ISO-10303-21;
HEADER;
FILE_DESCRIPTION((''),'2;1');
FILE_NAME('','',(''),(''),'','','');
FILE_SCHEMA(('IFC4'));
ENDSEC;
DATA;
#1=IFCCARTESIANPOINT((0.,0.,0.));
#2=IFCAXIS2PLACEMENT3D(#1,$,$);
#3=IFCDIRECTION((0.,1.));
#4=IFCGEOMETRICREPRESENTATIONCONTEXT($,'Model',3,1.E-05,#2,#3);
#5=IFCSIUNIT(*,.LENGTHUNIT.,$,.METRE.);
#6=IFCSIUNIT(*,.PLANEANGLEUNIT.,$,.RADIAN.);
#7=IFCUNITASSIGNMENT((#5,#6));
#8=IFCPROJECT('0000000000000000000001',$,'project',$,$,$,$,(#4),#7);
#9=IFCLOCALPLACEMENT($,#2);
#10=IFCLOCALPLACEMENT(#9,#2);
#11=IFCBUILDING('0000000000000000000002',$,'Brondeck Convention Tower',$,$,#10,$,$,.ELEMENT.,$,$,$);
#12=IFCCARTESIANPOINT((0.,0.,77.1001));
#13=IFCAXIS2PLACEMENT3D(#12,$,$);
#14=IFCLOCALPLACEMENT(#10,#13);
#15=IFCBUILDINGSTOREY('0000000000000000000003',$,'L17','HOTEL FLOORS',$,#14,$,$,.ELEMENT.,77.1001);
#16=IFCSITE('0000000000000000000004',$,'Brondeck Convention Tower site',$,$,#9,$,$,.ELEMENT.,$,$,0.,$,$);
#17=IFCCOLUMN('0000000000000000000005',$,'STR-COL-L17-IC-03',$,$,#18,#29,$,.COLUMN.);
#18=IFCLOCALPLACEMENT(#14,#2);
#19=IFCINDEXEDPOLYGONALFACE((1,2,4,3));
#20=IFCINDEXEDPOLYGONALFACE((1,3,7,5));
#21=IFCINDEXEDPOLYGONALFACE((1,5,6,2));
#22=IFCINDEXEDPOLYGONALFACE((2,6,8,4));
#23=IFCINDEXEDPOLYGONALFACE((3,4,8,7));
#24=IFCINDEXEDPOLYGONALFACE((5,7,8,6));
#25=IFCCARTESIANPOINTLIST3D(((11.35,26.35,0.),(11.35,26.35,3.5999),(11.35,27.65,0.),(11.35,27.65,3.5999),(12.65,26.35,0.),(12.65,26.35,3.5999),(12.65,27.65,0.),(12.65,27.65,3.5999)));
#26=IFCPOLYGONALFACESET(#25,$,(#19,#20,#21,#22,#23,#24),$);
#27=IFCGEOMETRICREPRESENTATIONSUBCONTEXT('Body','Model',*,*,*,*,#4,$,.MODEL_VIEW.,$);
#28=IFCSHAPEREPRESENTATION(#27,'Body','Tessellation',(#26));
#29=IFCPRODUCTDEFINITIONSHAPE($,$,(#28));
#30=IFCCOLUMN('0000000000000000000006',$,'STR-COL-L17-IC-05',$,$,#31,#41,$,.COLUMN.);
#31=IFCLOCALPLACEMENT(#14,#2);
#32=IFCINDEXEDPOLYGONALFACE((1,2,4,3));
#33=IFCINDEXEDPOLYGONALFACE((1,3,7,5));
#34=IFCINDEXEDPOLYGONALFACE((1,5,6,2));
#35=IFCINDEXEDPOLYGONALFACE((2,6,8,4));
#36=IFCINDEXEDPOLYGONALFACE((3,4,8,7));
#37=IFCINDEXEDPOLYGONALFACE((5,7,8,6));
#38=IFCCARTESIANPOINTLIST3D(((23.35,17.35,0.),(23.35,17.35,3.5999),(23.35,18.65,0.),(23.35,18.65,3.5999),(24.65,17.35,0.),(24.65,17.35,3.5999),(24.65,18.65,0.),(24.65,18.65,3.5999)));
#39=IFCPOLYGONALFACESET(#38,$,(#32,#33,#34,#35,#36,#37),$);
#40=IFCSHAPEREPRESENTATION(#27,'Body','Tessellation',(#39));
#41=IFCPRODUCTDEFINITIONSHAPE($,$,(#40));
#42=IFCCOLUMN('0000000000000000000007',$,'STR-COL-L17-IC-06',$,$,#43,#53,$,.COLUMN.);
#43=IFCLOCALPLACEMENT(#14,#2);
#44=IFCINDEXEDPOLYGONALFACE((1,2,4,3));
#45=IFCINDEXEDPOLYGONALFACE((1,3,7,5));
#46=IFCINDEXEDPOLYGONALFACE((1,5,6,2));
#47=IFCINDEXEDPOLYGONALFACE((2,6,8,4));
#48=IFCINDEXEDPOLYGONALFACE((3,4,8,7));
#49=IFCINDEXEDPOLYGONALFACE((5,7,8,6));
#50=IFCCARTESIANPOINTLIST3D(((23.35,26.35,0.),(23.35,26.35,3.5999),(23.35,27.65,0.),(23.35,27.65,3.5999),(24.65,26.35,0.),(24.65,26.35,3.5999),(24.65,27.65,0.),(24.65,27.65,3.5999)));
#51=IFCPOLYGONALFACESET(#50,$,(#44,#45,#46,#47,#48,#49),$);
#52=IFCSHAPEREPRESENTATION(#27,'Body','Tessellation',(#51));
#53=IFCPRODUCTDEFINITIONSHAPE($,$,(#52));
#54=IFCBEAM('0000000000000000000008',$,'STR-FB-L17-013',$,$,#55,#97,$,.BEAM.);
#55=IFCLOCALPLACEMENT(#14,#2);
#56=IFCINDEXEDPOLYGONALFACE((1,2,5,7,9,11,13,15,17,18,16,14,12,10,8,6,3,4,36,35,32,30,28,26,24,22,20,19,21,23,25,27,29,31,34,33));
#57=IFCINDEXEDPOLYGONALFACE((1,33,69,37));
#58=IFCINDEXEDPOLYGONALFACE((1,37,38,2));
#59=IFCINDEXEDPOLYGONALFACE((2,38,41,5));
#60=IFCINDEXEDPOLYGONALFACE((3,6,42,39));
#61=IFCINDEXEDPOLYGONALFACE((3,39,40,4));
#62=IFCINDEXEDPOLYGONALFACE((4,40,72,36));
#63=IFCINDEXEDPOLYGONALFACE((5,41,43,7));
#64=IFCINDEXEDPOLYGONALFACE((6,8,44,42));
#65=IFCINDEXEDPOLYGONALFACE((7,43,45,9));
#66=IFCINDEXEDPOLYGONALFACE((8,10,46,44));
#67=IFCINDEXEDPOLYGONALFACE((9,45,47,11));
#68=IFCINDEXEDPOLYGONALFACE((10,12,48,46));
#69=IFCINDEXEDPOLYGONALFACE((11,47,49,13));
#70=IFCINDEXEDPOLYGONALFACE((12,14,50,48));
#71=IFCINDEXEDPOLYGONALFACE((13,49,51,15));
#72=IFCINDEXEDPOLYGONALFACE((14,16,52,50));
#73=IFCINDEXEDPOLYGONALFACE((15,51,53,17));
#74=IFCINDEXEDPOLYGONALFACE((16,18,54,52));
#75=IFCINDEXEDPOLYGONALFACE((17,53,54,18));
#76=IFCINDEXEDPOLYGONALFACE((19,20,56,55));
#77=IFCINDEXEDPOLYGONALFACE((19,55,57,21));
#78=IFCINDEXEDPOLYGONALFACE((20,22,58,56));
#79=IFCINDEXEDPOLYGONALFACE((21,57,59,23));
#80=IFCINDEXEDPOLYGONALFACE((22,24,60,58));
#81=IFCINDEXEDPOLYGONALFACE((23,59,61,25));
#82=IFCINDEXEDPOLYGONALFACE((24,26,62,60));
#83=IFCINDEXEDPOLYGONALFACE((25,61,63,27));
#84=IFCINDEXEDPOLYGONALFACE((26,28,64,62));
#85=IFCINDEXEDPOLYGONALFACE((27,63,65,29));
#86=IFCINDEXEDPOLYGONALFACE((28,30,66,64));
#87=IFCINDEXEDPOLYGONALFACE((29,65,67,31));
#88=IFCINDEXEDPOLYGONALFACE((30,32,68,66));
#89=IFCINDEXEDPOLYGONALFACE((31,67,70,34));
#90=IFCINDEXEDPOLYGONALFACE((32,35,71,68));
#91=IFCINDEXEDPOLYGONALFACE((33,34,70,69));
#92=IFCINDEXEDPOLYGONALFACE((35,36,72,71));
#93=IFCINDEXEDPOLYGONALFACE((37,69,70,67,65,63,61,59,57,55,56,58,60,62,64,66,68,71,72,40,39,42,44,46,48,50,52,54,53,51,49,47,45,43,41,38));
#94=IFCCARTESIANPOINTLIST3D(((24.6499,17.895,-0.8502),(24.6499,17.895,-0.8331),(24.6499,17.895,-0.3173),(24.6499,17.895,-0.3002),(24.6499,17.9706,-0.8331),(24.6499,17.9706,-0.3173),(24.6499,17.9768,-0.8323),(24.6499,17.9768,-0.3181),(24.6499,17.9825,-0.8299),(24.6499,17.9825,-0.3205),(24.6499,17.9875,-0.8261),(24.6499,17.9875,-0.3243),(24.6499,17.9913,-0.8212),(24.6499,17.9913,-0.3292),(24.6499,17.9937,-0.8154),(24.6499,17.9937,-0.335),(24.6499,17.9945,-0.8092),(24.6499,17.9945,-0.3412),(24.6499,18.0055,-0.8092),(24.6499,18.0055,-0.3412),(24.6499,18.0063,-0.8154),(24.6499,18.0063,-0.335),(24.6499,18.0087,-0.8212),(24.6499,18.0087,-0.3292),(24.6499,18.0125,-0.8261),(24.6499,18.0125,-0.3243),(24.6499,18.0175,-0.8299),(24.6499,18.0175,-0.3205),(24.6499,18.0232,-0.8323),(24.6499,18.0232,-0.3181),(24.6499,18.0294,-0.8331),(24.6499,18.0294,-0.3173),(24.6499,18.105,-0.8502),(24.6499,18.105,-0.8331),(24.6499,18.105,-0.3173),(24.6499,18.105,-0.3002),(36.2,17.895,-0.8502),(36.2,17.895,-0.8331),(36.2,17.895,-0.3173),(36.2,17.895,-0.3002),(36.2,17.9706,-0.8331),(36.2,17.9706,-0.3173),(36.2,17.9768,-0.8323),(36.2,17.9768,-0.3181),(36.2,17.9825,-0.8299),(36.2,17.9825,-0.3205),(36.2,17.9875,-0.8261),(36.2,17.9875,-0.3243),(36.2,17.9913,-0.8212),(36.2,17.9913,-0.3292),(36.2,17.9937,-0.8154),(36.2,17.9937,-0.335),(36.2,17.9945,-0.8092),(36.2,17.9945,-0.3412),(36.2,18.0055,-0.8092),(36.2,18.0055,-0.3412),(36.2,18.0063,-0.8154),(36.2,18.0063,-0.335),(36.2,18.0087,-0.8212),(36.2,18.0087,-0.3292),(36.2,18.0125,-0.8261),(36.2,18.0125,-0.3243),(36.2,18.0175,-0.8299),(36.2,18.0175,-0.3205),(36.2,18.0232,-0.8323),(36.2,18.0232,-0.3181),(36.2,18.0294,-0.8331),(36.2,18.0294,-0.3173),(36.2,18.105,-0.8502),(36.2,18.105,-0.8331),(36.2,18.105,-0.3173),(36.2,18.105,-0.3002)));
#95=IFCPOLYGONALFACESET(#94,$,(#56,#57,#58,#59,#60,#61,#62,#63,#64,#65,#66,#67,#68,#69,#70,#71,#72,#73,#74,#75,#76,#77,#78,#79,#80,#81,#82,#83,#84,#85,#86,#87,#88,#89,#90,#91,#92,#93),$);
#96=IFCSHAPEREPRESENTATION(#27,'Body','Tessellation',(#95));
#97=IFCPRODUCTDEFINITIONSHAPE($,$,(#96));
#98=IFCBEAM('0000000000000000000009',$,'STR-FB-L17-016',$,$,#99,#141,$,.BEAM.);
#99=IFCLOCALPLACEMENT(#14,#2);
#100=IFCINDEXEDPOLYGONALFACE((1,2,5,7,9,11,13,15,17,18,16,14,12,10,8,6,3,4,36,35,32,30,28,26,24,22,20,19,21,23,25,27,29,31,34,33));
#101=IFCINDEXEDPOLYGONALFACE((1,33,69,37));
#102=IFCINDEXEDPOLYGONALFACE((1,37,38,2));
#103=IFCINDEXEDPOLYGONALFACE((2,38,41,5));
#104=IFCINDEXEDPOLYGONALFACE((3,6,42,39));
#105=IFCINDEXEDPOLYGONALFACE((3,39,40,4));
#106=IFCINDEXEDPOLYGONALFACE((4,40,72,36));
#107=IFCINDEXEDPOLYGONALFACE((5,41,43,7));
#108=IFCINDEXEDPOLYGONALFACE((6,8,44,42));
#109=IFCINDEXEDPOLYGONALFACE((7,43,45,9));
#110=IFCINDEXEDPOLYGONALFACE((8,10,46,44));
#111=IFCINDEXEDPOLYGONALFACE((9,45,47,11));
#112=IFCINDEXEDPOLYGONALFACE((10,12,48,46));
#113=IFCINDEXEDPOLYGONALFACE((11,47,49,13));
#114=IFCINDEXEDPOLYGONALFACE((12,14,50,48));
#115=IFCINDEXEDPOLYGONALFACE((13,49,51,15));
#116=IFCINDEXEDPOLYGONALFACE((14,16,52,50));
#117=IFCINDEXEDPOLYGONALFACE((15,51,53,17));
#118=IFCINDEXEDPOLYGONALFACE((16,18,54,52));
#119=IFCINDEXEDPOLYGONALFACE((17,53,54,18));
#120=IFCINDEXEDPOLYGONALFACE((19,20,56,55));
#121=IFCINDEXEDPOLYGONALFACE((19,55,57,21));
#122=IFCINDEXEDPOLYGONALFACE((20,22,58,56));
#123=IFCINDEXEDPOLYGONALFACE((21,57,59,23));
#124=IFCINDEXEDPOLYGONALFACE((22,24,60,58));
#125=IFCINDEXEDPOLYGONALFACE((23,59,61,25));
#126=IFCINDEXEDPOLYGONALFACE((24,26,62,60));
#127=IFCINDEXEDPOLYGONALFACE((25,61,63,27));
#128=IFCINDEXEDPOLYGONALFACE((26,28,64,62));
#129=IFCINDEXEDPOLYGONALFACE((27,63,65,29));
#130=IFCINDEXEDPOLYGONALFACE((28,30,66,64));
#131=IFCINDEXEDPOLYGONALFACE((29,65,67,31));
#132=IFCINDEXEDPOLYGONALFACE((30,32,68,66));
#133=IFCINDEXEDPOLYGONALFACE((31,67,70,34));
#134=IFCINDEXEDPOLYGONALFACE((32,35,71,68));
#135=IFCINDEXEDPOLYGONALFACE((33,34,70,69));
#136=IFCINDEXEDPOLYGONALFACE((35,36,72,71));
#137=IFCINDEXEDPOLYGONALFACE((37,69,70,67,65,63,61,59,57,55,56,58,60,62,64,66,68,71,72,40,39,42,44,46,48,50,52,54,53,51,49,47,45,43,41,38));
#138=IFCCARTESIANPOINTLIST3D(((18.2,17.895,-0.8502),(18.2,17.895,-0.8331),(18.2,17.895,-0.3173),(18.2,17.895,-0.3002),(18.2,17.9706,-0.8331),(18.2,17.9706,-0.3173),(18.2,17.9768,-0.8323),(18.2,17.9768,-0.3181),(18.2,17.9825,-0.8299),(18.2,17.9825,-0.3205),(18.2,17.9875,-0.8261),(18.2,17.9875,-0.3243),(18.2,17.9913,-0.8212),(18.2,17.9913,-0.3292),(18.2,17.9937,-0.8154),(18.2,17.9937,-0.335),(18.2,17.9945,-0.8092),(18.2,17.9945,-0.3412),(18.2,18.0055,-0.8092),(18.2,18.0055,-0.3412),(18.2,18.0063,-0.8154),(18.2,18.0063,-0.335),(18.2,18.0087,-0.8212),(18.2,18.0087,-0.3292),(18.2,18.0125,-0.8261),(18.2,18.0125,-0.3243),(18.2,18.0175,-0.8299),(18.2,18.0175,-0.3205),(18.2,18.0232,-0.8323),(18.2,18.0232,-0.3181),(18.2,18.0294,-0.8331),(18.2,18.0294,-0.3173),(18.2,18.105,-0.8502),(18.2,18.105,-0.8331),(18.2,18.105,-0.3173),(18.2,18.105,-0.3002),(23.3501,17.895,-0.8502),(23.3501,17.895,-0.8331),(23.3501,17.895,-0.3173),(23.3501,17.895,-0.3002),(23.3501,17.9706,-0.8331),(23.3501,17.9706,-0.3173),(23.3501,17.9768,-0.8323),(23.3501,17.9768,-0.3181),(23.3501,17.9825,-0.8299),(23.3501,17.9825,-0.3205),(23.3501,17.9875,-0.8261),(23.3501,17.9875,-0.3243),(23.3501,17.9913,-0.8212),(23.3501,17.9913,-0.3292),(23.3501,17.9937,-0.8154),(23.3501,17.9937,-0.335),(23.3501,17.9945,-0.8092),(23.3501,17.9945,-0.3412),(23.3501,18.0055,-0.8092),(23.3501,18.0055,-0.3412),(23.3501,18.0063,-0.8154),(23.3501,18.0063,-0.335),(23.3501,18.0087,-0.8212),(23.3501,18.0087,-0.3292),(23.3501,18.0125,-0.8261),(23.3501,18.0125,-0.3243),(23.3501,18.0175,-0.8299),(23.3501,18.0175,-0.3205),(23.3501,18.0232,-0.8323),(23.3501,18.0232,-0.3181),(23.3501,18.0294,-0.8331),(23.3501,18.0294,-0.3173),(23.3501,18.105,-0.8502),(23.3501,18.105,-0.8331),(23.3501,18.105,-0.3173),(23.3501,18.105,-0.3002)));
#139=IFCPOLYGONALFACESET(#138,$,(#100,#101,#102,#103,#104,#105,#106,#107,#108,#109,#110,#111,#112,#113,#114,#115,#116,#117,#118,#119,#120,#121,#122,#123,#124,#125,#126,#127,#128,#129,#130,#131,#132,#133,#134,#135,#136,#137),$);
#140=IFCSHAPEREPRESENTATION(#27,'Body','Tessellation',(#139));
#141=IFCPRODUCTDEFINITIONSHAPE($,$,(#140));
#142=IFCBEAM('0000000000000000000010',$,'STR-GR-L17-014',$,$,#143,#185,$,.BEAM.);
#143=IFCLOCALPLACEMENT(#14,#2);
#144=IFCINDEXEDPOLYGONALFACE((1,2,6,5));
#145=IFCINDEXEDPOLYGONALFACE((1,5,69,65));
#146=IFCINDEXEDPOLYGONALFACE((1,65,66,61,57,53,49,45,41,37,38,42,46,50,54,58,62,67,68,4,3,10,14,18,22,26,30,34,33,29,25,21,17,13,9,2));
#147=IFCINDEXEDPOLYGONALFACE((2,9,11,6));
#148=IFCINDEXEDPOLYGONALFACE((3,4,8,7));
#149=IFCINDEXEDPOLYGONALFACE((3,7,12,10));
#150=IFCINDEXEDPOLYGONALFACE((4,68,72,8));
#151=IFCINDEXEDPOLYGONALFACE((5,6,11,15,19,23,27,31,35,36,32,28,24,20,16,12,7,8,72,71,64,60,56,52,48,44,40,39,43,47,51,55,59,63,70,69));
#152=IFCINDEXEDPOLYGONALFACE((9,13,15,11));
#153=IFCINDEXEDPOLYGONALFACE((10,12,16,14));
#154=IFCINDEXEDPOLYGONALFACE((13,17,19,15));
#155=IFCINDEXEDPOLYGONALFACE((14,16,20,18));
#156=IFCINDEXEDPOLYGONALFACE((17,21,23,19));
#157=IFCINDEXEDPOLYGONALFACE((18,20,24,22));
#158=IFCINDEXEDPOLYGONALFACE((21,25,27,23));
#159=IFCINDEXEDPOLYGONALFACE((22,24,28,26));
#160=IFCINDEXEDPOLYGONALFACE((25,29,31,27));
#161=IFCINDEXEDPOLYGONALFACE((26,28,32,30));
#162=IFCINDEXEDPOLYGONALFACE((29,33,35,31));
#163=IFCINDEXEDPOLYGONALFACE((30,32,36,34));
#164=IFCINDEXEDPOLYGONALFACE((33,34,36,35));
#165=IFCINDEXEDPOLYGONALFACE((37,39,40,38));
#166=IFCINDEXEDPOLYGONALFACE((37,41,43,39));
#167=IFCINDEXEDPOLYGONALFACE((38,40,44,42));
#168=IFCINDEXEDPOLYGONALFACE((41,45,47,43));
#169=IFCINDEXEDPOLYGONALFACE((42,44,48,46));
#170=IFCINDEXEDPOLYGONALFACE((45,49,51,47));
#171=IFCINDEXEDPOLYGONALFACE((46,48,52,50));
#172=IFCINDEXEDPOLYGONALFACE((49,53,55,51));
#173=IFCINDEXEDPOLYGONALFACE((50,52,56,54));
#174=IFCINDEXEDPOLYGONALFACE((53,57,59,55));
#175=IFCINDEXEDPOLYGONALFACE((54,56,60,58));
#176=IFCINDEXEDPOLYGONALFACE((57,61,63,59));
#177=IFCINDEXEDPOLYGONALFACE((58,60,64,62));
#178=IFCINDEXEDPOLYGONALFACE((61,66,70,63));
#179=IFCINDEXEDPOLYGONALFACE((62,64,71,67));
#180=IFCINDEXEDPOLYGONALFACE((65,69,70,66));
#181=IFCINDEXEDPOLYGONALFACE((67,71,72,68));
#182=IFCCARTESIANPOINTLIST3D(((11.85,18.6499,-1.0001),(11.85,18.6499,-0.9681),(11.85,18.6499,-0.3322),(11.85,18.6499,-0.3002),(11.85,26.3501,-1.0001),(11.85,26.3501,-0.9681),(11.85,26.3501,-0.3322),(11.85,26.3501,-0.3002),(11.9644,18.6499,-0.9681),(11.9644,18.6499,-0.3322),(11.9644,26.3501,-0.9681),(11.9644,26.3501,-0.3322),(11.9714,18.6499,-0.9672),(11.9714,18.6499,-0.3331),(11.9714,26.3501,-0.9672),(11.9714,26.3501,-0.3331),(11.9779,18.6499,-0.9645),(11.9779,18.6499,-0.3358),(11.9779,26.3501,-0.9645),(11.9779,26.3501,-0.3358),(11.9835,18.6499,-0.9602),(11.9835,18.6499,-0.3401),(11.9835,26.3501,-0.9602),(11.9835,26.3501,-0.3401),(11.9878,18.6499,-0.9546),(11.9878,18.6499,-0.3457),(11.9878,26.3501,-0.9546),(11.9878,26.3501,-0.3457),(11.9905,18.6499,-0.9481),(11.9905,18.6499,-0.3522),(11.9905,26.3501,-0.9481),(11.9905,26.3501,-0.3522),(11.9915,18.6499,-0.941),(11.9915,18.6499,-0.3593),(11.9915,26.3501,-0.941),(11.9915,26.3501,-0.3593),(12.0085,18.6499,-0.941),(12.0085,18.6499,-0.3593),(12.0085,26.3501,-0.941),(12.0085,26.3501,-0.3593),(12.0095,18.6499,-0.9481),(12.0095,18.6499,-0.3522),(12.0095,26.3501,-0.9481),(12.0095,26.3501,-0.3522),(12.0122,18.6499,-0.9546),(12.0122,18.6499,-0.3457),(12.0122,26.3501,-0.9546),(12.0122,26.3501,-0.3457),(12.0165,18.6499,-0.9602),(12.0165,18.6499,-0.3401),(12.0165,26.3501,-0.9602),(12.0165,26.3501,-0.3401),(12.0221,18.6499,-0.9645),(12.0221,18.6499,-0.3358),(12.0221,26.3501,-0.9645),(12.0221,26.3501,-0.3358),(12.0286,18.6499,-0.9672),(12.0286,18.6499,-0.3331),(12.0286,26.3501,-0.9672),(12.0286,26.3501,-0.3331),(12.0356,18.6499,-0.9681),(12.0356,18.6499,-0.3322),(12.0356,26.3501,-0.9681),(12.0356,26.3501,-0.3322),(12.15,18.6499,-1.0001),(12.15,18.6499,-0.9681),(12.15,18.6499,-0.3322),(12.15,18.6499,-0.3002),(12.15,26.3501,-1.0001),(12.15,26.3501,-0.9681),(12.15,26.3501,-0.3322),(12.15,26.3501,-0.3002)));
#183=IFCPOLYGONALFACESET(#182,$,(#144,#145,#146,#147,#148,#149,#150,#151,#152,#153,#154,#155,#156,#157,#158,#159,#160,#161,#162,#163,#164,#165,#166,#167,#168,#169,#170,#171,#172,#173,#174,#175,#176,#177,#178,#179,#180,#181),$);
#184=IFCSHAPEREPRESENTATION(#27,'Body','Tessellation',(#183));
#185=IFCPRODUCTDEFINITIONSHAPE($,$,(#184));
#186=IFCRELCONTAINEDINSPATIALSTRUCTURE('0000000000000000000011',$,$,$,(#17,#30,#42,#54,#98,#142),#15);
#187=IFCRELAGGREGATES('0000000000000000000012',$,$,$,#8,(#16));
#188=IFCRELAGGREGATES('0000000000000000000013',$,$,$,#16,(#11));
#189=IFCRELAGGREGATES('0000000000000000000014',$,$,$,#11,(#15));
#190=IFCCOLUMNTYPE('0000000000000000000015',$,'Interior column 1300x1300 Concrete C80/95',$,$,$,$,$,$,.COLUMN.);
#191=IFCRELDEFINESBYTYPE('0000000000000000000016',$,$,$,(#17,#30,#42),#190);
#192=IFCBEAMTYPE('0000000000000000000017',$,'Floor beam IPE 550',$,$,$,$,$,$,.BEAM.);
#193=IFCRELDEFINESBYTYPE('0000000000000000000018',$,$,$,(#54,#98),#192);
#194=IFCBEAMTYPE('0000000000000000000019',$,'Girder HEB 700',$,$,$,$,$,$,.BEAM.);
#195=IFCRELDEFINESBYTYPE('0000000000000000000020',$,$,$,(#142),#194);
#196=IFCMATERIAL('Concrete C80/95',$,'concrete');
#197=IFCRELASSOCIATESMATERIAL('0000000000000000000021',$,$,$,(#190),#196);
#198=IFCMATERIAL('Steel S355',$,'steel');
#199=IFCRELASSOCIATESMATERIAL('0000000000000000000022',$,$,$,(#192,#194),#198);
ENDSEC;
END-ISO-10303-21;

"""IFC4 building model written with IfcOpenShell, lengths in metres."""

from ifc_helpers import new_model, si_unit, direction, frame, origin, origin_2d, place, context, subcontext, project, spatial, rectangle, i_section, extrude, material, material_profile, profile_set, type_object, element, save


model = new_model("IFC4")

# Units and contexts
model_context = context("Model", 3, precision=1e-05, world=origin(), true_north=direction((0.0, 1.0)))
body_context = subcontext(model_context, "Body", "Model", "MODEL_VIEW")
ifc_project = project(units=[si_unit("LENGTHUNIT", "METRE"), si_unit("PLANEANGLEUNIT", "RADIAN")], contexts=[model_context])

# Site, building, storey
site_placement = place(None, origin())
site = spatial("IfcSite", under=ifc_project, at=site_placement, Name="Brondeck Convention Tower site", CompositionType="ELEMENT", RefElevation=0.0)
building_placement = place(site_placement, origin())
building = spatial("IfcBuilding", under=site, at=building_placement, Name="Brondeck Convention Tower", CompositionType="ELEMENT")
storey_placement = place(building_placement, frame((0.0, 0.0, 77.1001)))
storey = spatial("IfcBuildingStorey", under=building, at=storey_placement, Name="L17", Description="HOTEL FLOORS", CompositionType="ELEMENT", Elevation=77.1001)

# Columns
ifc_material_1 = material(Name="Concrete C80/95", Category="concrete")
ifc_material_profile_1 = material_profile(ifc_material_1, rectangle(XDim=1.3, YDim=1.3, at=origin_2d()), Name="Interior column 1300x1300 Concrete C80/95")
ifc_profile_set_1 = profile_set([ifc_material_profile_1], Name="Concrete C80/95")
column_type = type_object("IfcColumnType", Name="Interior column 1300x1300 Concrete C80/95", PredefinedType="COLUMN", material=ifc_profile_set_1)
for number, where, z_axis, x_axis, name in (
    (1, (12.0, 27.0, 0.0), (0.0, 0.0, 1.0), (1.0, 0.0, 0.0), "STR-COL-L17-IC-03"),
    (2, (24.0, 18.0, 0.0), (0.0, 0.0, 1.0), (1.0, 0.0, 0.0), "STR-COL-L17-IC-05"),
    (3, (24.0, 27.0, 0.0), (0.0, 0.0, 1.0), (1.0, 0.0, 0.0), "STR-COL-L17-IC-06"),
):
    element("IfcColumn", number, at=place(storey_placement, frame(where, z_axis=z_axis, x_axis=x_axis)), inside=storey, type_object=column_type, Name=name, PredefinedType="COLUMN", context=body_context, shape_type="SweptSolid", body=[
        extrude(rectangle(XDim=1.3, YDim=1.3, at=origin_2d()), origin(), (0.0, 0.0, 1.0), 3.5999),
    ])

# Beams
ifc_material_2 = material(Name="Steel S355", Category="steel")
ifc_material_profile_2 = material_profile(ifc_material_2, i_section(OverallWidth=0.21, OverallDepth=0.55, WebThickness=0.011, FlangeThickness=0.0171, FilletRadius=0.0239, at=origin_2d()), Name="IPE 550")
ifc_profile_set_2 = profile_set([ifc_material_profile_2], Name="Steel S355")
beam_type_1 = type_object("IfcBeamType", Name="Floor beam IPE 550", PredefinedType="BEAM", material=ifc_profile_set_2)
beam_1_placement = place(storey_placement, frame((24.6499, 18.0, -0.5752), z_axis=(1.0, 0.0, 0.0), x_axis=(0.0, 1.0, 0.0)))
element("IfcBeam", 4, at=beam_1_placement, inside=storey, type_object=beam_type_1, Name="STR-FB-L17-013", PredefinedType="BEAM", context=body_context, shape_type="SweptSolid", body=[
    extrude(i_section(OverallWidth=0.21, OverallDepth=0.55, WebThickness=0.011, FlangeThickness=0.0171, FilletRadius=0.0239, at=origin_2d()), origin(), (0.0, 0.0, 1.0), 11.55),
])
beam_2_placement = place(storey_placement, frame((18.2, 18.0, -0.5752), z_axis=(1.0, 0.0, 0.0), x_axis=(0.0, 1.0, 0.0)))
element("IfcBeam", 5, at=beam_2_placement, inside=storey, type_object=beam_type_1, Name="STR-FB-L17-016", PredefinedType="BEAM", context=body_context, shape_type="SweptSolid", body=[
    extrude(i_section(OverallWidth=0.21, OverallDepth=0.55, WebThickness=0.011, FlangeThickness=0.0171, FilletRadius=0.0239, at=origin_2d()), origin(), (0.0, 0.0, 1.0), 5.1501),
])
ifc_material_profile_3 = material_profile(ifc_material_2, i_section(OverallWidth=0.3, OverallDepth=0.7, WebThickness=0.0171, FlangeThickness=0.032, FilletRadius=0.0271, at=origin_2d()), Name="HEB 700")
ifc_profile_set_3 = profile_set([ifc_material_profile_3], Name="Steel S355")
beam_type_2 = type_object("IfcBeamType", Name="Girder HEB 700", PredefinedType="BEAM", material=ifc_profile_set_3)
for number, where, z_axis, x_axis, name in (
    (6, (12.0, 26.3501, -0.6501), (0.0, -1.0, 0.0), (1.0, 0.0, 0.0), "STR-GR-L17-014"),
):
    element("IfcBeam", number, at=place(storey_placement, frame(where, z_axis=z_axis, x_axis=x_axis)), inside=storey, type_object=beam_type_2, Name=name, PredefinedType="BEAM", context=body_context, shape_type="SweptSolid", body=[
        extrude(i_section(OverallWidth=0.3, OverallDepth=0.7, WebThickness=0.0171, FlangeThickness=0.032, FilletRadius=0.0271, at=origin_2d()), origin(), (0.0, 0.0, 1.0), 7.7002),
    ])

save(model, "model.ifc")
